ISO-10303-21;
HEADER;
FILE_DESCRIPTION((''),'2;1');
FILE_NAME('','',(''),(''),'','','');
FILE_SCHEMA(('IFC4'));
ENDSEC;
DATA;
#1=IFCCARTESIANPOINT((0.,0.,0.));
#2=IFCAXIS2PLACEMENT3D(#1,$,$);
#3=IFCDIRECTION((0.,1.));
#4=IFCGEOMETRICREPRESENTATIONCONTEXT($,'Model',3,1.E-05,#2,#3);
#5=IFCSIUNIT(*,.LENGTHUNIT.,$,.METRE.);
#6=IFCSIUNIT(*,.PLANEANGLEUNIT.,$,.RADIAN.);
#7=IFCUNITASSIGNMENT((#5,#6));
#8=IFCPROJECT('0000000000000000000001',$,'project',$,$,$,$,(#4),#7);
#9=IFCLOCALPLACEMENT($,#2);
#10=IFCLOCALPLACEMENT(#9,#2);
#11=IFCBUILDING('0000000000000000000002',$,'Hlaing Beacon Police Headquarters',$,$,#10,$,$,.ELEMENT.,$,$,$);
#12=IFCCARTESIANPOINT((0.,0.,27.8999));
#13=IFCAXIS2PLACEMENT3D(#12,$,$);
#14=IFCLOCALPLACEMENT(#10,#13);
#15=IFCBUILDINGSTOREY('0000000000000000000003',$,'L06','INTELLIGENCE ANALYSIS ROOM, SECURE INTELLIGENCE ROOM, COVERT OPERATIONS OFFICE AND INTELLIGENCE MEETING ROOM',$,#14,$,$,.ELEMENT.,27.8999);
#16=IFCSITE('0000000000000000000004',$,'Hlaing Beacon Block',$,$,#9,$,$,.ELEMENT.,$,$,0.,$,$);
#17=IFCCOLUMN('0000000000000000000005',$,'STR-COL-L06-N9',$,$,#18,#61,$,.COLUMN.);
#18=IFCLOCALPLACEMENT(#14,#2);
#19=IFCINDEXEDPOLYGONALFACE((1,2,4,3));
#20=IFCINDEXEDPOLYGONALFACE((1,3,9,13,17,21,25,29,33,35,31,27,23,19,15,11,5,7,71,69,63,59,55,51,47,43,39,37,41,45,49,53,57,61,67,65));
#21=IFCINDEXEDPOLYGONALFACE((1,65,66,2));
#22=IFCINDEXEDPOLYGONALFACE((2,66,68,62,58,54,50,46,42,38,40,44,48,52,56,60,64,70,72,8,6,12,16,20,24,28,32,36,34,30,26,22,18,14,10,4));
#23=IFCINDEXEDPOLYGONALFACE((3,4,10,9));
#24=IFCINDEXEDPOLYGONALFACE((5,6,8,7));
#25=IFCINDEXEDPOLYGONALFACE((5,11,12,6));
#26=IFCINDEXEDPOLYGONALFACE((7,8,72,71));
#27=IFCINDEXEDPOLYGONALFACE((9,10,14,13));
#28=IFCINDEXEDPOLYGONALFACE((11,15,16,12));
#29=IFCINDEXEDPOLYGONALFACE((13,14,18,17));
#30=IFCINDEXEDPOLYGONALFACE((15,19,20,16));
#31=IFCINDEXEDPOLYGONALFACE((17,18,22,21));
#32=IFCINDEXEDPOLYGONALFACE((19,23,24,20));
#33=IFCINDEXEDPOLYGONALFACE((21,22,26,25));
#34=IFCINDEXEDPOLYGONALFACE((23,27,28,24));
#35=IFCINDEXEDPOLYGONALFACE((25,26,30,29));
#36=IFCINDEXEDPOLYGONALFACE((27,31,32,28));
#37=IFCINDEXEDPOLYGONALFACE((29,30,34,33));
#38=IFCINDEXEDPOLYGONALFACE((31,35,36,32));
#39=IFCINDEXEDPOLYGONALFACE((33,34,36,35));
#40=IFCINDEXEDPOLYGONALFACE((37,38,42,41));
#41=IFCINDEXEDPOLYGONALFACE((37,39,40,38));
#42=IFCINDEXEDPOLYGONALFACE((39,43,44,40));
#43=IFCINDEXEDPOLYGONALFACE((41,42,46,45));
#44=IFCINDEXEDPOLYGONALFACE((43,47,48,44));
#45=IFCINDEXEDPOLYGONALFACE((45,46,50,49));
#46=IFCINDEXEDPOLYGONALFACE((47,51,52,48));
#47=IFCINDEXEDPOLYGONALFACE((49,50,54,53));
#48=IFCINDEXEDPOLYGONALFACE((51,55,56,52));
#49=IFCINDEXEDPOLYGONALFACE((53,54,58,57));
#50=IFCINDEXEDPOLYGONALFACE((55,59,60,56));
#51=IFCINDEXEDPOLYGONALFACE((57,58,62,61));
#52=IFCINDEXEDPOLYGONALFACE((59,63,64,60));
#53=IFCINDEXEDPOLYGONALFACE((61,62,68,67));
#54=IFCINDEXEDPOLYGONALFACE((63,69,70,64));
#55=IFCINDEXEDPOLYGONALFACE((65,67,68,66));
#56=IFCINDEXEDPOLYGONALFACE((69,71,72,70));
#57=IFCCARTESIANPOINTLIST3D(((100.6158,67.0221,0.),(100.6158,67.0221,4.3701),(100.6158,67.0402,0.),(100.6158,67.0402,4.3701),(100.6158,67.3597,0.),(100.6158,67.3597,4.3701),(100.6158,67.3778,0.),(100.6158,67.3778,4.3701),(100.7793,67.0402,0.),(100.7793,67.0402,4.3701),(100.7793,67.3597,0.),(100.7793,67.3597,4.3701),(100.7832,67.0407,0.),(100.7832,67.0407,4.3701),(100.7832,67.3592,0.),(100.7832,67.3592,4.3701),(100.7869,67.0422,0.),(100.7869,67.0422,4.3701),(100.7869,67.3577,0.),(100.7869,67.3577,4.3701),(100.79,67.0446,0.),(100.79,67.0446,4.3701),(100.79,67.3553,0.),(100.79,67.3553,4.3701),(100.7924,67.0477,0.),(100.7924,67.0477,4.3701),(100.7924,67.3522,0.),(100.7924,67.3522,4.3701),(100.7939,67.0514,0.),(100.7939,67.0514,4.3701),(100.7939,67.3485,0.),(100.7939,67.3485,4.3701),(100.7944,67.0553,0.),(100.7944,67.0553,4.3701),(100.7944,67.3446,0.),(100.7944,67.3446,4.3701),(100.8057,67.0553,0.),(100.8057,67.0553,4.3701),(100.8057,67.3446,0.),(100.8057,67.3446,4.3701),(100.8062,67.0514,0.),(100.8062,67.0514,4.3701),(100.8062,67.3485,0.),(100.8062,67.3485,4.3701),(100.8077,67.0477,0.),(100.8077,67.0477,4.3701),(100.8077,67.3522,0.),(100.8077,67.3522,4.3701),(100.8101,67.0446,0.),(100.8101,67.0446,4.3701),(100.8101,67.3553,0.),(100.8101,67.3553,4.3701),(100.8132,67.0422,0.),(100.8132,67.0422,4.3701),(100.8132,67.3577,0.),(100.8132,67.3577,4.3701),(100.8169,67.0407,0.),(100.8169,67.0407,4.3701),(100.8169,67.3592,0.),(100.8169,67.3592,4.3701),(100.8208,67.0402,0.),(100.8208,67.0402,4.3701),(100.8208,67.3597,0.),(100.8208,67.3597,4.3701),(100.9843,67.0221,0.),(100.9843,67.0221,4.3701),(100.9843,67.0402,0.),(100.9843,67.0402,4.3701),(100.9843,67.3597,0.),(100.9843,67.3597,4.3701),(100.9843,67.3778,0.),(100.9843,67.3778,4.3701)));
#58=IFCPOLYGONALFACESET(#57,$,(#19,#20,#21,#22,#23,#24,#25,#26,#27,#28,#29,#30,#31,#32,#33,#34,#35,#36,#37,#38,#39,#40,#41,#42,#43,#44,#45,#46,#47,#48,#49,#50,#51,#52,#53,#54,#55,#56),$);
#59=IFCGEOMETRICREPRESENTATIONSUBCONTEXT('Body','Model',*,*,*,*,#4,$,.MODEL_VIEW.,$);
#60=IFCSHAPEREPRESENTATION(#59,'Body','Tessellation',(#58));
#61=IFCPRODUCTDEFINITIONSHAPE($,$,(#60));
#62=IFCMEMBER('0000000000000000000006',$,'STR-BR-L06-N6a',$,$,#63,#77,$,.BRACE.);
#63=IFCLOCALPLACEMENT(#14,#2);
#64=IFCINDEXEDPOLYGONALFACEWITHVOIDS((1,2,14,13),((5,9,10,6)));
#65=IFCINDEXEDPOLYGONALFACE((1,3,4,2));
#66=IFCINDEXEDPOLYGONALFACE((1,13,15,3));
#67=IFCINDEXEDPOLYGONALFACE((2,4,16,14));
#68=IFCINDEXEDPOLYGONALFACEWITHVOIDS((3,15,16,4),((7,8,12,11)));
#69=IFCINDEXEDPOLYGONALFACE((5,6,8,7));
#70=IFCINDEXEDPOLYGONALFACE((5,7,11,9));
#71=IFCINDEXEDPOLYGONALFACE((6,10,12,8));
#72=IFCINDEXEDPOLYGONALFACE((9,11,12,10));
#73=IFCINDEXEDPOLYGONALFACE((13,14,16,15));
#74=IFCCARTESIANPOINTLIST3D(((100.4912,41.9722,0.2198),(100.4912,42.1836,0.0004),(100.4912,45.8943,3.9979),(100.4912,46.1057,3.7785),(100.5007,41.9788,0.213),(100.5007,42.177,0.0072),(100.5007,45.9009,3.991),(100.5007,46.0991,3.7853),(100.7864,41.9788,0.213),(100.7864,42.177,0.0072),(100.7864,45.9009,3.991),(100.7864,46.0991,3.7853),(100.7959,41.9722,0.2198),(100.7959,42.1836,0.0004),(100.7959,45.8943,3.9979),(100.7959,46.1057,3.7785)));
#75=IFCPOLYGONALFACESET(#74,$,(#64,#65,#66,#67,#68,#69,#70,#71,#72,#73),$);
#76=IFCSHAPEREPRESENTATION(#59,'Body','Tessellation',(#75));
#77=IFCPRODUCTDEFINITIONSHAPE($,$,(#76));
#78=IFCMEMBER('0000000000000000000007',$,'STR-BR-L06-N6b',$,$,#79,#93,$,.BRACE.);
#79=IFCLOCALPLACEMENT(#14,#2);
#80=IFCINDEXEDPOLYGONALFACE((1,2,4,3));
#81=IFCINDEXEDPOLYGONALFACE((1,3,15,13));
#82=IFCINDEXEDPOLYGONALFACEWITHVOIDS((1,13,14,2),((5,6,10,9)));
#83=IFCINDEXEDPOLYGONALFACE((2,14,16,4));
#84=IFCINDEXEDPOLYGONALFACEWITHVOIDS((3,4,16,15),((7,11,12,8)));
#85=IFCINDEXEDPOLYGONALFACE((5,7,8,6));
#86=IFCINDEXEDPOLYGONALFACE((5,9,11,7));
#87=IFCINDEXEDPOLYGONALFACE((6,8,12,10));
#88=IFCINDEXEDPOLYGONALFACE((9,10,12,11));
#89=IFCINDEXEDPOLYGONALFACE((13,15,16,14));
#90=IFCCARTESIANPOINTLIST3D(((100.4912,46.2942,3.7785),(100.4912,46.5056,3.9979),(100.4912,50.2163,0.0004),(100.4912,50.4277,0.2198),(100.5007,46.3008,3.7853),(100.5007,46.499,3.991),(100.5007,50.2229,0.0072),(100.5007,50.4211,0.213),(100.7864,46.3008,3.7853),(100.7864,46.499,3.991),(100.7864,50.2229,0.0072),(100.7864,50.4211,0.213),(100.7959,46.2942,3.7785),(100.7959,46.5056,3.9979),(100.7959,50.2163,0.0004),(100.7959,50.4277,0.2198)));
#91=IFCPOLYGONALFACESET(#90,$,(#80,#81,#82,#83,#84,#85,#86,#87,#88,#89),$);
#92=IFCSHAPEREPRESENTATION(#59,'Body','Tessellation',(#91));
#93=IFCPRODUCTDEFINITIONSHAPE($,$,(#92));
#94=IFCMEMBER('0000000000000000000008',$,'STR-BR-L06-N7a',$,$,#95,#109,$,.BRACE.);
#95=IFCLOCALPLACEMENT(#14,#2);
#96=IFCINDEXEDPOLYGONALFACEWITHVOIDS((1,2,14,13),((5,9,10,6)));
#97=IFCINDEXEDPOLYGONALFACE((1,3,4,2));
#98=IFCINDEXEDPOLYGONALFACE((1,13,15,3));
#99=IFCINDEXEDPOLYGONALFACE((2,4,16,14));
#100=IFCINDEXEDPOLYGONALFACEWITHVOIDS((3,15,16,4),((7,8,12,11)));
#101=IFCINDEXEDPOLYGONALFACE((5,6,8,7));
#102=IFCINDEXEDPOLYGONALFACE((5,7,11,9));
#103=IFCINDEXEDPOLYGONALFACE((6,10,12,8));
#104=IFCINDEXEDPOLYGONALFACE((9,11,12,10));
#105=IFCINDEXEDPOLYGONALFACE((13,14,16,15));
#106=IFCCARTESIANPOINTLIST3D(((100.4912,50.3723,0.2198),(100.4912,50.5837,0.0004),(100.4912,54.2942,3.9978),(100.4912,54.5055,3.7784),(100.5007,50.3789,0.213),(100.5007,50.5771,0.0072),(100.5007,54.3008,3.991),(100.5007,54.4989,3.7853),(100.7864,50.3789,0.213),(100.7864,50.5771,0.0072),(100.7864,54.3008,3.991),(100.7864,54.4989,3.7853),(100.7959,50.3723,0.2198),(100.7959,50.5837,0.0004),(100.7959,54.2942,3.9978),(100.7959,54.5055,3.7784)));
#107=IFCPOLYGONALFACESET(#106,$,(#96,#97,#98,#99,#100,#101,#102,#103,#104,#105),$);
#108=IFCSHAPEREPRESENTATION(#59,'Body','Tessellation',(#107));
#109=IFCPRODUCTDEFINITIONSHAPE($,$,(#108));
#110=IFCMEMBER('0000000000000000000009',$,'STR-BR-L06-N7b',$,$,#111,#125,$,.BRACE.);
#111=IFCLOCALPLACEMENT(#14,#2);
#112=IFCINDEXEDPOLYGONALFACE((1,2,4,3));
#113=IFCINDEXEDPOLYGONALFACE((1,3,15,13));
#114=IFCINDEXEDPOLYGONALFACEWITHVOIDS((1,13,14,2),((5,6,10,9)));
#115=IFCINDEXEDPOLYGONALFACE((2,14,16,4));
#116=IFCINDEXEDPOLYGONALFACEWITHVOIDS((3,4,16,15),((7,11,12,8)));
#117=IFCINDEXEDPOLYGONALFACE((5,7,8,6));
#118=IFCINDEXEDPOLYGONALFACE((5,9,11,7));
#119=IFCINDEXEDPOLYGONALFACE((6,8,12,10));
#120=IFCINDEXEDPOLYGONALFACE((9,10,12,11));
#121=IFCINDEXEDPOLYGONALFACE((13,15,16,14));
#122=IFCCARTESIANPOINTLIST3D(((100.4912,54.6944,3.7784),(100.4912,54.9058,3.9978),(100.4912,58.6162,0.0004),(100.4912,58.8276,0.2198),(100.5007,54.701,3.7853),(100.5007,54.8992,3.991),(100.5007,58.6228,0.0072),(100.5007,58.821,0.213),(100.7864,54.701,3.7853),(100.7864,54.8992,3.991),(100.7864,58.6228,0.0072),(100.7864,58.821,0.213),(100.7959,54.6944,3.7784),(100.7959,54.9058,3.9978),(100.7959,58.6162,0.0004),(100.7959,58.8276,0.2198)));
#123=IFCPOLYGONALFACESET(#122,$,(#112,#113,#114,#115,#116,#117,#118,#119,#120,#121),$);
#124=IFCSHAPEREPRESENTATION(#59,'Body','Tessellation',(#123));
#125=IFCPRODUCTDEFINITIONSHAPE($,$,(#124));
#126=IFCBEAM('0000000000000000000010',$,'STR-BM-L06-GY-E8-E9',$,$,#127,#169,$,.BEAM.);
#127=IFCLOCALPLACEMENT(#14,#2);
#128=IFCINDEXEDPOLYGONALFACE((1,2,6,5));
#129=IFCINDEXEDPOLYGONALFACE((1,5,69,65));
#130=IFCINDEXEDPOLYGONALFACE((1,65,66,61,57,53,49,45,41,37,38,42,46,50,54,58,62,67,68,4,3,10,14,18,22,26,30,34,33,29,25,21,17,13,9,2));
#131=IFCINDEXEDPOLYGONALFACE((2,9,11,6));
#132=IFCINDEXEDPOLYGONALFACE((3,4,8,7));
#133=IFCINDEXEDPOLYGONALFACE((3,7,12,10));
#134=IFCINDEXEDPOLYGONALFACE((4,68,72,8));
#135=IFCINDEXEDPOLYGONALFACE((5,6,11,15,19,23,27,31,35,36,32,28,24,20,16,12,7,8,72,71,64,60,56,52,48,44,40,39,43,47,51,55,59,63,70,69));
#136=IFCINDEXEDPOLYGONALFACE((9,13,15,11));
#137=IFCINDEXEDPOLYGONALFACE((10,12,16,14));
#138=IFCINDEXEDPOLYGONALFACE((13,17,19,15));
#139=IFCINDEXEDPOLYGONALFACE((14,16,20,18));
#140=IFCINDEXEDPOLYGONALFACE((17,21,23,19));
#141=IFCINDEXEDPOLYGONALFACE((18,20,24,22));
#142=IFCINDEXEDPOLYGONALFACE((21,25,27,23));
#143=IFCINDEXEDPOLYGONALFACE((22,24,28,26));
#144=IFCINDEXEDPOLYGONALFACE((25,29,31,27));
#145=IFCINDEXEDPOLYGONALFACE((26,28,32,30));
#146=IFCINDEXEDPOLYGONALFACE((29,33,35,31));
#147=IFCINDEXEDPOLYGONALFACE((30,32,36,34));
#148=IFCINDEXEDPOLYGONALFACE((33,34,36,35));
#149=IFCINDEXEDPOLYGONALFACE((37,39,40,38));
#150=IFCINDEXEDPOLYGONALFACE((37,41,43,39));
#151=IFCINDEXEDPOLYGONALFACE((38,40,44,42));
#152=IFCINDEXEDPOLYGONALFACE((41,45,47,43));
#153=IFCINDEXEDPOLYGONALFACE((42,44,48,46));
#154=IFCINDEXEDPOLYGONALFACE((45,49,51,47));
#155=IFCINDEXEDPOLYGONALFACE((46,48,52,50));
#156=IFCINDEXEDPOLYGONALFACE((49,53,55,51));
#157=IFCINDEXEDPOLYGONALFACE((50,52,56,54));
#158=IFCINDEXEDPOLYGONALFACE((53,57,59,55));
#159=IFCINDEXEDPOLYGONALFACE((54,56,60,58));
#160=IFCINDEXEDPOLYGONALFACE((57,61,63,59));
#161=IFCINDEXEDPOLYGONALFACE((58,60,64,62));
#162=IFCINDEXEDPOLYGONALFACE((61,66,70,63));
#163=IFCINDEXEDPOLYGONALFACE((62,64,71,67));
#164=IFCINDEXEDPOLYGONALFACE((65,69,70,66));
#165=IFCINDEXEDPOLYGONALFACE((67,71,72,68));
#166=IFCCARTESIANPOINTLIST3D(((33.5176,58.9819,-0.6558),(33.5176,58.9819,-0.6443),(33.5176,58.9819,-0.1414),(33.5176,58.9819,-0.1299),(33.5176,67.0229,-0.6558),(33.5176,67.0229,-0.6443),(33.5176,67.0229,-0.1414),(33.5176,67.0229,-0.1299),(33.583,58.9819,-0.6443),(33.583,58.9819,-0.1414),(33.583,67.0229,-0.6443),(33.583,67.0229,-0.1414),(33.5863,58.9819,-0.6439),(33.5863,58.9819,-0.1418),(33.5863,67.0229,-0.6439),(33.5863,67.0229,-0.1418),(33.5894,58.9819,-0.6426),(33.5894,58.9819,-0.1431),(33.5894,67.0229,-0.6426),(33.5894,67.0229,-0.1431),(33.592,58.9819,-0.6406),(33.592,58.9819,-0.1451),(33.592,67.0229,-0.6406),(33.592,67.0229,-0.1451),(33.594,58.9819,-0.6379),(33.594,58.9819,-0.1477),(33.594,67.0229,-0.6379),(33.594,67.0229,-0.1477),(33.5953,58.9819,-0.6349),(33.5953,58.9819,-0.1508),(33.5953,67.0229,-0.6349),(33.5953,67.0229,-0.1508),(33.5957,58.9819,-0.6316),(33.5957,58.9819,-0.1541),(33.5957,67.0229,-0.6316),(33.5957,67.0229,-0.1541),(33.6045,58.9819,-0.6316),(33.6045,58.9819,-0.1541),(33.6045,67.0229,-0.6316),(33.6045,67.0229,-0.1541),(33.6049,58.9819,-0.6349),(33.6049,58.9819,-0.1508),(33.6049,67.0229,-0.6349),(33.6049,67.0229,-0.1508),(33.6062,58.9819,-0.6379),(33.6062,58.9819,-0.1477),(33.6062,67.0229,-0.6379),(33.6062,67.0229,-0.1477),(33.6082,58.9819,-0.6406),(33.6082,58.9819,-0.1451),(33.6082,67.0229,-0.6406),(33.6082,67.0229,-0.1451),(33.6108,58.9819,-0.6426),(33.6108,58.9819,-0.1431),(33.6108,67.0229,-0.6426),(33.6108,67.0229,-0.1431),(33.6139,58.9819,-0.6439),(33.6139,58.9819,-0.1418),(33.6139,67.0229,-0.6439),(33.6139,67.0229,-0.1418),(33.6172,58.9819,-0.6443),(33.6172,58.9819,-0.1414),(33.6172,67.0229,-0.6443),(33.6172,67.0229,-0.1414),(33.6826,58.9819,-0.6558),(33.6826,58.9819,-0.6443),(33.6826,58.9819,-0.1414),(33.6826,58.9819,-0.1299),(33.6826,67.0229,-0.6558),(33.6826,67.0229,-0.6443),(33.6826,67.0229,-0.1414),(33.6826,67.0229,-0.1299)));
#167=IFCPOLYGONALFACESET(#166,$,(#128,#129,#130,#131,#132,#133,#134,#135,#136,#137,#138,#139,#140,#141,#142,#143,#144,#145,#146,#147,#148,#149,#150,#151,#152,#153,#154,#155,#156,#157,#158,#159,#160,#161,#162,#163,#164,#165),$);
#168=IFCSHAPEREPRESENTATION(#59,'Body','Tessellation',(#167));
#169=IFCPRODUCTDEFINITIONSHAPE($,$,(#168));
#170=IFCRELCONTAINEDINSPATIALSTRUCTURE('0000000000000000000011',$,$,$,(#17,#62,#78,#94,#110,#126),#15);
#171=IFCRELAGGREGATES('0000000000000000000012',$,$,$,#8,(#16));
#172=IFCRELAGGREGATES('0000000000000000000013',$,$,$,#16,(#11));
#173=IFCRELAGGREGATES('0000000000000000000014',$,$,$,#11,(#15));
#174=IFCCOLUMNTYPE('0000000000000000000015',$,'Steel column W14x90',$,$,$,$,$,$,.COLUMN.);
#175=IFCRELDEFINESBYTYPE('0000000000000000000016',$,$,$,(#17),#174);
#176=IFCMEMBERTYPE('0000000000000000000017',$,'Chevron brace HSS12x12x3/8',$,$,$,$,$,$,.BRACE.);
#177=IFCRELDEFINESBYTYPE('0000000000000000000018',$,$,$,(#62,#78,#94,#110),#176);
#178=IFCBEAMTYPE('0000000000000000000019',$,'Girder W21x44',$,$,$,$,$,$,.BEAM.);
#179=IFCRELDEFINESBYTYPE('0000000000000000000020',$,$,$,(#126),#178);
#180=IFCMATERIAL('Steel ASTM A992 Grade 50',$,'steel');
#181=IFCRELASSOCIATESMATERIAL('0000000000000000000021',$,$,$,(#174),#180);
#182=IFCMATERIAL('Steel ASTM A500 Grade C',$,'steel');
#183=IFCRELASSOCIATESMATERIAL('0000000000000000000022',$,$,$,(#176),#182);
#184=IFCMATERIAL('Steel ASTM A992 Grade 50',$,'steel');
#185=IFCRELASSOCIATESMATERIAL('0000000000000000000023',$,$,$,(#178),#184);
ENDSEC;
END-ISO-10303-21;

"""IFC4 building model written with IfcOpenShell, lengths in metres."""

from ifc_helpers import new_model, si_unit, direction, frame, origin, origin_2d, place, context, subcontext, project, spatial, hollow_rectangle, i_section, extrude, material, material_profile, profile_set, type_object, element, save


model = new_model("IFC4")

# Units and contexts
model_context = context("Model", 3, precision=1e-05, world=origin(), true_north=direction((0.0, 1.0)))
body_context = subcontext(model_context, "Body", "Model", "MODEL_VIEW")
ifc_project = project(units=[si_unit("LENGTHUNIT", "METRE"), si_unit("PLANEANGLEUNIT", "RADIAN")], contexts=[model_context])

# Site, building, storey
site_placement = place(None, origin())
site = spatial("IfcSite", under=ifc_project, at=site_placement, Name="Hlaing Beacon Block", CompositionType="ELEMENT", RefElevation=0.0)
building_placement = place(site_placement, origin())
building = spatial("IfcBuilding", under=site, at=building_placement, Name="Hlaing Beacon Police Headquarters", CompositionType="ELEMENT")
storey_placement = place(building_placement, frame((0.0, 0.0, 27.8999)))
storey = spatial("IfcBuildingStorey", under=building, at=storey_placement, Name="L06", Description="INTELLIGENCE ANALYSIS ROOM, SECURE INTELLIGENCE ROOM, COVERT OPERATIONS OFFICE AND INTELLIGENCE MEETING ROOM", CompositionType="ELEMENT", Elevation=27.8999)

# Column
ifc_material_1 = material(Name="Steel ASTM A992 Grade 50", Category="steel")
ifc_material_profile_1 = material_profile(ifc_material_1, i_section(OverallWidth=0.3684, OverallDepth=0.3557, WebThickness=0.0112, FlangeThickness=0.0181, FilletRadius=0.0151, at=origin_2d()), Name="W14x90")
ifc_profile_set_1 = profile_set([ifc_material_profile_1], Name="Steel ASTM A992 Grade 50")
column_type_1 = type_object("IfcColumnType", Name="Steel column W14x90", PredefinedType="COLUMN", material=ifc_profile_set_1)
for number, where, z_axis, x_axis, name in (
    (1, (100.8, 67.2, 0.0), (0.0, 0.0, 1.0), (1.0, 0.0, 0.0), "STR-COL-L06-N9"),
):
    element("IfcColumn", number, at=place(storey_placement, frame(where, z_axis=z_axis, x_axis=x_axis)), inside=storey, type_object=column_type_1, Name=name, PredefinedType="COLUMN", context=body_context, shape_type="SweptSolid", body=[
        extrude(i_section(OverallWidth=0.3684, OverallDepth=0.3557, WebThickness=0.0112, FlangeThickness=0.0181, FilletRadius=0.0151, at=origin_2d()), origin(), (0.0, 0.0, 1.0), 4.3701),
    ])

# Members
ifc_material_2 = material(Name="Steel ASTM A500 Grade C", Category="steel")
ifc_material_profile_2 = material_profile(ifc_material_2, hollow_rectangle(XDim=0.3047, YDim=0.3047, WallThickness=0.0095, at=origin_2d()), Name="HSS12x12x3/8")
ifc_profile_set_2 = profile_set([ifc_material_profile_2], Name="Steel ASTM A500 Grade C")
member_type = type_object("IfcMemberType", Name="Chevron brace HSS12x12x3/8", PredefinedType="BRACE", material=ifc_profile_set_2)
for number, where, z_axis, x_axis, name in (
    (2, (100.6436, 42.0779, 0.1101), (0.0, 0.720208, 0.693758), (-1.0, 0.0, 0.0), "STR-BR-L06-N6a"),
    (3, (100.6436, 50.322, 0.1101), (0.0, -0.720208, 0.693758), (1.0, 0.0, 0.0), "STR-BR-L06-N6b"),
):
    element("IfcMember", number, at=place(storey_placement, frame(where, z_axis=z_axis, x_axis=x_axis)), inside=storey, type_object=member_type, Name=name, PredefinedType="BRACE", context=body_context, shape_type="SweptSolid", body=[
        extrude(hollow_rectangle(XDim=0.3047, YDim=0.3047, WallThickness=0.0095, at=origin_2d()), origin(), (0.0, 0.0, 1.0), 5.4458),
    ])
for number, where, z_axis, x_axis, name in (
    (4, (100.6436, 50.478, 0.1101), (0.0, 0.720187, 0.69378), (-1.0, 0.0, 0.0), "STR-BR-L06-N7a"),
    (5, (100.6436, 58.7219, 0.1101), (0.0, -0.720187, 0.69378), (1.0, 0.0, 0.0), "STR-BR-L06-N7b"),
):
    element("IfcMember", number, at=place(storey_placement, frame(where, z_axis=z_axis, x_axis=x_axis)), inside=storey, type_object=member_type, Name=name, PredefinedType="BRACE", context=body_context, shape_type="SweptSolid", body=[
        extrude(hollow_rectangle(XDim=0.3047, YDim=0.3047, WallThickness=0.0095, at=origin_2d()), origin(), (0.0, 0.0, 1.0), 5.4456),
    ])

# Beam
ifc_material_3 = material(Name="Steel ASTM A992 Grade 50", Category="steel")
ifc_material_profile_3 = material_profile(ifc_material_3, i_section(OverallWidth=0.165, OverallDepth=0.5259, WebThickness=0.0088, FlangeThickness=0.0115, FilletRadius=0.0127, at=origin_2d()), Name="W21x44")
ifc_profile_set_3 = profile_set([ifc_material_profile_3], Name="Steel ASTM A992 Grade 50")
beam_type_1 = type_object("IfcBeamType", Name="Girder W21x44", PredefinedType="BEAM", material=ifc_profile_set_3)
beam_1_placement = place(storey_placement, frame((33.6001, 58.9819, -0.3928), z_axis=(0.0, 1.0, 0.0), x_axis=(-1.0, 0.0, 0.0)))
element("IfcBeam", 6, at=beam_1_placement, inside=storey, type_object=beam_type_1, Name="STR-BM-L06-GY-E8-E9", PredefinedType="BEAM", context=body_context, shape_type="SweptSolid", body=[
    extrude(i_section(OverallWidth=0.165, OverallDepth=0.5259, WebThickness=0.0088, FlangeThickness=0.0115, FilletRadius=0.0127, at=origin_2d()), origin(), (0.0, 0.0, 1.0), 8.041),
])

save(model, "model.ifc")
